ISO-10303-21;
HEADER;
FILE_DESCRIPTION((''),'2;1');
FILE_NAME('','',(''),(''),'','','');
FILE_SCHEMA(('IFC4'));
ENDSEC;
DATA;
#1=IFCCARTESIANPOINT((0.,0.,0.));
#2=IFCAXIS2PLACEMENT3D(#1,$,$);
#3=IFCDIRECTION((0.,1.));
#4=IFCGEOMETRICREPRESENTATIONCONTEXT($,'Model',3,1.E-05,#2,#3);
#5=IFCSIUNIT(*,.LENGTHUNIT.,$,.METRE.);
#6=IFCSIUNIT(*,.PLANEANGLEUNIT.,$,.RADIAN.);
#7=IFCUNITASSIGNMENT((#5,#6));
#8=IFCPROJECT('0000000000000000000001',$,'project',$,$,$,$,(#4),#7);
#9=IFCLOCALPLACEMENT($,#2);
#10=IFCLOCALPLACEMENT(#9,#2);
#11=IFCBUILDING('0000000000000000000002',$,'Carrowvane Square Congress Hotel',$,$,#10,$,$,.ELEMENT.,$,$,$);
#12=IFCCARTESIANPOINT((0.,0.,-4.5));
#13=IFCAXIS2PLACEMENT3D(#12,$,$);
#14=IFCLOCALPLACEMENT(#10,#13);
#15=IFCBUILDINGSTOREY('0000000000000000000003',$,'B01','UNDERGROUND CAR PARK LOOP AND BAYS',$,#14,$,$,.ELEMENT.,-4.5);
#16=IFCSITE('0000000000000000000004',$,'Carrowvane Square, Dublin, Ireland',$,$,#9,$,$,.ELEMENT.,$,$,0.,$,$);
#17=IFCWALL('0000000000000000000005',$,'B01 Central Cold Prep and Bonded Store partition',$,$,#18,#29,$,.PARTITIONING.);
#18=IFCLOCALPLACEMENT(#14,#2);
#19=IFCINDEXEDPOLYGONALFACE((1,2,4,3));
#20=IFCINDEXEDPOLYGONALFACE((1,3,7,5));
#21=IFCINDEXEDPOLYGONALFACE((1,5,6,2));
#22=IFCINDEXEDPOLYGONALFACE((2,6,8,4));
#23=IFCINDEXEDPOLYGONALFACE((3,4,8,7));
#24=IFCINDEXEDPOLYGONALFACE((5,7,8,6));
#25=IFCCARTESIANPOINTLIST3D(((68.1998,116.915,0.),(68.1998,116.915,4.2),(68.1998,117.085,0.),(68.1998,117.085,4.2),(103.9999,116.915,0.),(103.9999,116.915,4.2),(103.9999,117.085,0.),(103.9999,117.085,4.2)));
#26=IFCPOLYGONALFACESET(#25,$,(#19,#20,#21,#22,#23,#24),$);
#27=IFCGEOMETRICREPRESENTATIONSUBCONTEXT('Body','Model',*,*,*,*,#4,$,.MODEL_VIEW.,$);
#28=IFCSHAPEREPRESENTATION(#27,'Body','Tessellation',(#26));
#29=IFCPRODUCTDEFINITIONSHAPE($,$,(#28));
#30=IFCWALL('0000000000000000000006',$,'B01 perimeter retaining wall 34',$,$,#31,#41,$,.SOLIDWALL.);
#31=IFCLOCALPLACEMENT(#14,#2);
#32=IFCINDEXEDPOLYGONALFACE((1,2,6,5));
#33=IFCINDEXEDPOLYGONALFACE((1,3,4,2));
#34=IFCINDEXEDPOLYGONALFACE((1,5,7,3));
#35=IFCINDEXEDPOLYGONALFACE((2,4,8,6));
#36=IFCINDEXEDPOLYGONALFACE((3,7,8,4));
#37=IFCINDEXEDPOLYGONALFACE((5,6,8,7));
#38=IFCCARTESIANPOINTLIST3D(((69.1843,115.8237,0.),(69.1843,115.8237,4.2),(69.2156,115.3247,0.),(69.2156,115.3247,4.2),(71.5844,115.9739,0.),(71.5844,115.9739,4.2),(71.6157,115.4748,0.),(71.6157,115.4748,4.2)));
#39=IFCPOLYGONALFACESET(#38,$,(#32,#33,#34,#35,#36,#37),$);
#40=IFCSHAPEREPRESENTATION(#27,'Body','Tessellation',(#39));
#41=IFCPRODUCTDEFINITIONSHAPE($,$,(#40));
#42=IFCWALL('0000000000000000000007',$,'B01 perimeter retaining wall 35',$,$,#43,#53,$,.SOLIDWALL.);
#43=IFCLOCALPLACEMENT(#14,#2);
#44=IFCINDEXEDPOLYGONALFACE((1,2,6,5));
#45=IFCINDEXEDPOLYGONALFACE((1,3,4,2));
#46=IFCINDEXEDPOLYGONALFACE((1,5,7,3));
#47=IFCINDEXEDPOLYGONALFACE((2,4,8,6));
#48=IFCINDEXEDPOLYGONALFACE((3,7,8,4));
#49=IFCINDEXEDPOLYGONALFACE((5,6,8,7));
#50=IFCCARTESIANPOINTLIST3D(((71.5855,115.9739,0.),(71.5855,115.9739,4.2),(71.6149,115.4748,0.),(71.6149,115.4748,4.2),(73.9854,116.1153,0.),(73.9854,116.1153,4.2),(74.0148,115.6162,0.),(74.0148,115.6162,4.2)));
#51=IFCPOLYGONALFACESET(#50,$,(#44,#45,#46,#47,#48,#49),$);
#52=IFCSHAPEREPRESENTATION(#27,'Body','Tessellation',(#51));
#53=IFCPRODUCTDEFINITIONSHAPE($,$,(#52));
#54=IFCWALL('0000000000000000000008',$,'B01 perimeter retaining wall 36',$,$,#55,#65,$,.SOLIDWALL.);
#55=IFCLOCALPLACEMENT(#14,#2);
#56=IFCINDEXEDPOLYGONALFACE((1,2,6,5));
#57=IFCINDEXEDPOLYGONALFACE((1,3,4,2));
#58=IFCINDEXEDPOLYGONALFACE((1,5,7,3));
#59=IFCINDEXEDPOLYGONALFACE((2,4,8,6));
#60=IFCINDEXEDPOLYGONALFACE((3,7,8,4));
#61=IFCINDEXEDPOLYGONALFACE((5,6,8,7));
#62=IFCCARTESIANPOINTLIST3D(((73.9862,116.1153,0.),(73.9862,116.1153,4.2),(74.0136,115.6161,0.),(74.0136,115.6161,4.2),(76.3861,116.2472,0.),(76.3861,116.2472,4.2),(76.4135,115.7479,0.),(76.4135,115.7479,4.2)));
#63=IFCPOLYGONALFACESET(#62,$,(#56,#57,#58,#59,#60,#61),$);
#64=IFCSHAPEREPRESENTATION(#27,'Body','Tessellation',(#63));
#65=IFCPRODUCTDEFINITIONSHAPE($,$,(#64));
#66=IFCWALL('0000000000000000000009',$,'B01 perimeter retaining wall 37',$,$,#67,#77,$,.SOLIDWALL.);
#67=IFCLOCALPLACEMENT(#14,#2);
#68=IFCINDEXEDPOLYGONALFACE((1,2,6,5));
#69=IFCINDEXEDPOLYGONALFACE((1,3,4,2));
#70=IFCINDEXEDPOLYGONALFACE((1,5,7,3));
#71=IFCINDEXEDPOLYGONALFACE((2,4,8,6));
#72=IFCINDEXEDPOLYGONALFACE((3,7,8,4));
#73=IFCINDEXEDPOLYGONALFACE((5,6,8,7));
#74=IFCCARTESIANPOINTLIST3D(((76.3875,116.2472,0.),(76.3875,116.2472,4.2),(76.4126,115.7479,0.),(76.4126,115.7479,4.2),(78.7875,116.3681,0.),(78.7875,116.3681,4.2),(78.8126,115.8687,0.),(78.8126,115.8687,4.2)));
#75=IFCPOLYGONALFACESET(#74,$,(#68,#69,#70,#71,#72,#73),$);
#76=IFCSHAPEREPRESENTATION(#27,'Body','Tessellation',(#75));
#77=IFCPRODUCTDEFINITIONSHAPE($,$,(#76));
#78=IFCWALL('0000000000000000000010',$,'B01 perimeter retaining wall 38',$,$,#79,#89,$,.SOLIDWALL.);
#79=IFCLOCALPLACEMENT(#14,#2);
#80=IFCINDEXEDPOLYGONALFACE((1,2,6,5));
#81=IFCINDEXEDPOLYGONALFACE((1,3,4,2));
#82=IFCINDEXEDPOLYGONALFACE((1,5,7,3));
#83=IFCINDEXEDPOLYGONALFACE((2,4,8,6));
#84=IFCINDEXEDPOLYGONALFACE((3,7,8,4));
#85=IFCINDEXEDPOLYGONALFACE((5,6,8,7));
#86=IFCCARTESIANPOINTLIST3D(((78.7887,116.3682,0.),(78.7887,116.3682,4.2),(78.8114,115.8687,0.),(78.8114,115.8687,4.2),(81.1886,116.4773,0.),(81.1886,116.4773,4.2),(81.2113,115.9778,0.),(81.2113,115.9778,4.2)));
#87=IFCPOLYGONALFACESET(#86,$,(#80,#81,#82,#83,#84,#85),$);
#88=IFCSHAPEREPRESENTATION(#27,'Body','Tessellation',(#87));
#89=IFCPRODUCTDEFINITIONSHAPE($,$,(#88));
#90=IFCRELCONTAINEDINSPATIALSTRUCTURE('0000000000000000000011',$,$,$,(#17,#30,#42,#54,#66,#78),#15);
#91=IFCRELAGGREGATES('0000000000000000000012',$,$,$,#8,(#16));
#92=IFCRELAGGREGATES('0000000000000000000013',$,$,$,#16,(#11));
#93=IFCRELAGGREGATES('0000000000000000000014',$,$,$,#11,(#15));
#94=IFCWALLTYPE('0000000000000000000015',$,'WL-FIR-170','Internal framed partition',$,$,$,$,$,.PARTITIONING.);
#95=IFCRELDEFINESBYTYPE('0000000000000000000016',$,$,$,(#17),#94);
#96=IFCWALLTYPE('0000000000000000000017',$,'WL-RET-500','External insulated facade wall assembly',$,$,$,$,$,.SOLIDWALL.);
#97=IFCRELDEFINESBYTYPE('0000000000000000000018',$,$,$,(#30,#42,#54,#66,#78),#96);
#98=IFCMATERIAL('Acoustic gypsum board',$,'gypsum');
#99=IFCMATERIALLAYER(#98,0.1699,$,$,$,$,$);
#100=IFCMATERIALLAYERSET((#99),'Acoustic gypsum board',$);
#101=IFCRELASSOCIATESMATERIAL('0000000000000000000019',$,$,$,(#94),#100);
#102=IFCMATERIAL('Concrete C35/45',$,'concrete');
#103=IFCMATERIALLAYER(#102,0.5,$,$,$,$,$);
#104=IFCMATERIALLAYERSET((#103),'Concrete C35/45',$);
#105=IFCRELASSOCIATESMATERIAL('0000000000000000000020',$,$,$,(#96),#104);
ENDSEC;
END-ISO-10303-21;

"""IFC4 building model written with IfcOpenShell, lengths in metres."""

from ifc_helpers import new_model, si_unit, direction, frame, frame_2d, origin, place, context, subcontext, project, spatial, rectangle, extrude, material, layer, layer_set, type_object, element, save


model = new_model("IFC4")

# Units and contexts
model_context = context("Model", 3, precision=1e-05, world=origin(), true_north=direction((0.0, 1.0)))
body_context = subcontext(model_context, "Body", "Model", "MODEL_VIEW")
ifc_project = project(units=[si_unit("LENGTHUNIT", "METRE"), si_unit("PLANEANGLEUNIT", "RADIAN")], contexts=[model_context])

# Site, building, storey
site_placement = place(None, origin())
site = spatial("IfcSite", under=ifc_project, at=site_placement, Name="Carrowvane Square, Dublin, Ireland", CompositionType="ELEMENT", RefElevation=0.0)
building_placement = place(site_placement, origin())
building = spatial("IfcBuilding", under=site, at=building_placement, Name="Carrowvane Square Congress Hotel", CompositionType="ELEMENT")
storey_placement = place(building_placement, frame((0.0, 0.0, -4.5)))
storey = spatial("IfcBuildingStorey", under=building, at=storey_placement, Name="B01", Description="UNDERGROUND CAR PARK LOOP AND BAYS", CompositionType="ELEMENT", Elevation=-4.5)

# Walls
ifc_material_1 = material(Name="Acoustic gypsum board", Category="gypsum")
ifc_layer_1 = layer(ifc_material_1, 0.1699)
ifc_layer_set_1 = layer_set([ifc_layer_1], Name="Acoustic gypsum board")
wall_type_1 = type_object("IfcWallType", Name="WL-FIR-170", Description="Internal framed partition", PredefinedType="PARTITIONING", material=ifc_layer_set_1)
wall_1_placement = place(storey_placement, frame((68.2, 117.0, 0.0), z_axis=(0.0, 0.0, 1.0), x_axis=(1.0, 0.0, 0.0)))
element("IfcWall", 1, at=wall_1_placement, inside=storey, type_object=wall_type_1, Name="B01 Central Cold Prep and Bonded Store partition", PredefinedType="PARTITIONING", context=body_context, shape_type="SweptSolid", body=[
    extrude(rectangle(XDim=35.8, YDim=0.1699, at=frame_2d((17.8999, 0.0))), origin(), (0.0, 0.0, 1.0), 4.2),
])
ifc_material_2 = material(Name="Concrete C35/45", Category="concrete")
ifc_layer_2 = layer(ifc_material_2, 0.5)
ifc_layer_set_2 = layer_set([ifc_layer_2], Name="Concrete C35/45")
wall_type_2 = type_object("IfcWallType", Name="WL-RET-500", Description="External insulated facade wall assembly", PredefinedType="SOLIDWALL", material=ifc_layer_set_2)
wall_2_placement = place(storey_placement, frame((69.2, 115.5742, 0.0), z_axis=(0.0, 0.0, 1.0), x_axis=(0.998049, 0.062435, 0.0)))
element("IfcWall", 2, at=wall_2_placement, inside=storey, type_object=wall_type_2, Name="B01 perimeter retaining wall 34", PredefinedType="SOLIDWALL", context=body_context, shape_type="SweptSolid", body=[
    extrude(rectangle(XDim=2.4048, YDim=0.5, at=frame_2d((1.2024, 0.0))), origin(), (0.0, 0.0, 1.0), 4.2),
])
wall_3_placement = place(storey_placement, frame((71.6001, 115.7244, 0.0), z_axis=(0.0, 0.0, 1.0), x_axis=(0.99827, 0.058799, 0.0)))
element("IfcWall", 3, at=wall_3_placement, inside=storey, type_object=wall_type_2, Name="B01 perimeter retaining wall 35", PredefinedType="SOLIDWALL", context=body_context, shape_type="SweptSolid", body=[
    extrude(rectangle(XDim=2.4041, YDim=0.5, at=frame_2d((1.2021, 0.0))), origin(), (0.0, 0.0, 1.0), 4.2),
])
wall_4_placement = place(storey_placement, frame((74.0, 115.8657, 0.0), z_axis=(0.0, 0.0, 1.0), x_axis=(0.998495, 0.054851, 0.0)))
element("IfcWall", 4, at=wall_4_placement, inside=storey, type_object=wall_type_2, Name="B01 perimeter retaining wall 36", PredefinedType="SOLIDWALL", context=body_context, shape_type="SweptSolid", body=[
    extrude(rectangle(XDim=2.4036, YDim=0.5, at=frame_2d((1.2017, 0.0))), origin(), (0.0, 0.0, 1.0), 4.2),
])
wall_5_placement = place(storey_placement, frame((76.3999, 115.9976, 0.0), z_axis=(0.0, 0.0, 1.0), x_axis=(0.998735, 0.050287, 0.0)))
element("IfcWall", 5, at=wall_5_placement, inside=storey, type_object=wall_type_2, Name="B01 perimeter retaining wall 37", PredefinedType="SOLIDWALL", context=body_context, shape_type="SweptSolid", body=[
    extrude(rectangle(XDim=2.4031, YDim=0.5, at=frame_2d((1.2017, 0.0))), origin(), (0.0, 0.0, 1.0), 4.2),
])
wall_6_placement = place(storey_placement, frame((78.8, 116.1184, 0.0), z_axis=(0.0, 0.0, 1.0), x_axis=(0.998968, 0.045426, 0.0)))
element("IfcWall", 6, at=wall_6_placement, inside=storey, type_object=wall_type_2, Name="B01 perimeter retaining wall 38", PredefinedType="SOLIDWALL", context=body_context, shape_type="SweptSolid", body=[
    extrude(rectangle(XDim=2.4023, YDim=0.5, at=frame_2d((1.2012, 0.0))), origin(), (0.0, 0.0, 1.0), 4.2),
])

save(model, "model.ifc")
